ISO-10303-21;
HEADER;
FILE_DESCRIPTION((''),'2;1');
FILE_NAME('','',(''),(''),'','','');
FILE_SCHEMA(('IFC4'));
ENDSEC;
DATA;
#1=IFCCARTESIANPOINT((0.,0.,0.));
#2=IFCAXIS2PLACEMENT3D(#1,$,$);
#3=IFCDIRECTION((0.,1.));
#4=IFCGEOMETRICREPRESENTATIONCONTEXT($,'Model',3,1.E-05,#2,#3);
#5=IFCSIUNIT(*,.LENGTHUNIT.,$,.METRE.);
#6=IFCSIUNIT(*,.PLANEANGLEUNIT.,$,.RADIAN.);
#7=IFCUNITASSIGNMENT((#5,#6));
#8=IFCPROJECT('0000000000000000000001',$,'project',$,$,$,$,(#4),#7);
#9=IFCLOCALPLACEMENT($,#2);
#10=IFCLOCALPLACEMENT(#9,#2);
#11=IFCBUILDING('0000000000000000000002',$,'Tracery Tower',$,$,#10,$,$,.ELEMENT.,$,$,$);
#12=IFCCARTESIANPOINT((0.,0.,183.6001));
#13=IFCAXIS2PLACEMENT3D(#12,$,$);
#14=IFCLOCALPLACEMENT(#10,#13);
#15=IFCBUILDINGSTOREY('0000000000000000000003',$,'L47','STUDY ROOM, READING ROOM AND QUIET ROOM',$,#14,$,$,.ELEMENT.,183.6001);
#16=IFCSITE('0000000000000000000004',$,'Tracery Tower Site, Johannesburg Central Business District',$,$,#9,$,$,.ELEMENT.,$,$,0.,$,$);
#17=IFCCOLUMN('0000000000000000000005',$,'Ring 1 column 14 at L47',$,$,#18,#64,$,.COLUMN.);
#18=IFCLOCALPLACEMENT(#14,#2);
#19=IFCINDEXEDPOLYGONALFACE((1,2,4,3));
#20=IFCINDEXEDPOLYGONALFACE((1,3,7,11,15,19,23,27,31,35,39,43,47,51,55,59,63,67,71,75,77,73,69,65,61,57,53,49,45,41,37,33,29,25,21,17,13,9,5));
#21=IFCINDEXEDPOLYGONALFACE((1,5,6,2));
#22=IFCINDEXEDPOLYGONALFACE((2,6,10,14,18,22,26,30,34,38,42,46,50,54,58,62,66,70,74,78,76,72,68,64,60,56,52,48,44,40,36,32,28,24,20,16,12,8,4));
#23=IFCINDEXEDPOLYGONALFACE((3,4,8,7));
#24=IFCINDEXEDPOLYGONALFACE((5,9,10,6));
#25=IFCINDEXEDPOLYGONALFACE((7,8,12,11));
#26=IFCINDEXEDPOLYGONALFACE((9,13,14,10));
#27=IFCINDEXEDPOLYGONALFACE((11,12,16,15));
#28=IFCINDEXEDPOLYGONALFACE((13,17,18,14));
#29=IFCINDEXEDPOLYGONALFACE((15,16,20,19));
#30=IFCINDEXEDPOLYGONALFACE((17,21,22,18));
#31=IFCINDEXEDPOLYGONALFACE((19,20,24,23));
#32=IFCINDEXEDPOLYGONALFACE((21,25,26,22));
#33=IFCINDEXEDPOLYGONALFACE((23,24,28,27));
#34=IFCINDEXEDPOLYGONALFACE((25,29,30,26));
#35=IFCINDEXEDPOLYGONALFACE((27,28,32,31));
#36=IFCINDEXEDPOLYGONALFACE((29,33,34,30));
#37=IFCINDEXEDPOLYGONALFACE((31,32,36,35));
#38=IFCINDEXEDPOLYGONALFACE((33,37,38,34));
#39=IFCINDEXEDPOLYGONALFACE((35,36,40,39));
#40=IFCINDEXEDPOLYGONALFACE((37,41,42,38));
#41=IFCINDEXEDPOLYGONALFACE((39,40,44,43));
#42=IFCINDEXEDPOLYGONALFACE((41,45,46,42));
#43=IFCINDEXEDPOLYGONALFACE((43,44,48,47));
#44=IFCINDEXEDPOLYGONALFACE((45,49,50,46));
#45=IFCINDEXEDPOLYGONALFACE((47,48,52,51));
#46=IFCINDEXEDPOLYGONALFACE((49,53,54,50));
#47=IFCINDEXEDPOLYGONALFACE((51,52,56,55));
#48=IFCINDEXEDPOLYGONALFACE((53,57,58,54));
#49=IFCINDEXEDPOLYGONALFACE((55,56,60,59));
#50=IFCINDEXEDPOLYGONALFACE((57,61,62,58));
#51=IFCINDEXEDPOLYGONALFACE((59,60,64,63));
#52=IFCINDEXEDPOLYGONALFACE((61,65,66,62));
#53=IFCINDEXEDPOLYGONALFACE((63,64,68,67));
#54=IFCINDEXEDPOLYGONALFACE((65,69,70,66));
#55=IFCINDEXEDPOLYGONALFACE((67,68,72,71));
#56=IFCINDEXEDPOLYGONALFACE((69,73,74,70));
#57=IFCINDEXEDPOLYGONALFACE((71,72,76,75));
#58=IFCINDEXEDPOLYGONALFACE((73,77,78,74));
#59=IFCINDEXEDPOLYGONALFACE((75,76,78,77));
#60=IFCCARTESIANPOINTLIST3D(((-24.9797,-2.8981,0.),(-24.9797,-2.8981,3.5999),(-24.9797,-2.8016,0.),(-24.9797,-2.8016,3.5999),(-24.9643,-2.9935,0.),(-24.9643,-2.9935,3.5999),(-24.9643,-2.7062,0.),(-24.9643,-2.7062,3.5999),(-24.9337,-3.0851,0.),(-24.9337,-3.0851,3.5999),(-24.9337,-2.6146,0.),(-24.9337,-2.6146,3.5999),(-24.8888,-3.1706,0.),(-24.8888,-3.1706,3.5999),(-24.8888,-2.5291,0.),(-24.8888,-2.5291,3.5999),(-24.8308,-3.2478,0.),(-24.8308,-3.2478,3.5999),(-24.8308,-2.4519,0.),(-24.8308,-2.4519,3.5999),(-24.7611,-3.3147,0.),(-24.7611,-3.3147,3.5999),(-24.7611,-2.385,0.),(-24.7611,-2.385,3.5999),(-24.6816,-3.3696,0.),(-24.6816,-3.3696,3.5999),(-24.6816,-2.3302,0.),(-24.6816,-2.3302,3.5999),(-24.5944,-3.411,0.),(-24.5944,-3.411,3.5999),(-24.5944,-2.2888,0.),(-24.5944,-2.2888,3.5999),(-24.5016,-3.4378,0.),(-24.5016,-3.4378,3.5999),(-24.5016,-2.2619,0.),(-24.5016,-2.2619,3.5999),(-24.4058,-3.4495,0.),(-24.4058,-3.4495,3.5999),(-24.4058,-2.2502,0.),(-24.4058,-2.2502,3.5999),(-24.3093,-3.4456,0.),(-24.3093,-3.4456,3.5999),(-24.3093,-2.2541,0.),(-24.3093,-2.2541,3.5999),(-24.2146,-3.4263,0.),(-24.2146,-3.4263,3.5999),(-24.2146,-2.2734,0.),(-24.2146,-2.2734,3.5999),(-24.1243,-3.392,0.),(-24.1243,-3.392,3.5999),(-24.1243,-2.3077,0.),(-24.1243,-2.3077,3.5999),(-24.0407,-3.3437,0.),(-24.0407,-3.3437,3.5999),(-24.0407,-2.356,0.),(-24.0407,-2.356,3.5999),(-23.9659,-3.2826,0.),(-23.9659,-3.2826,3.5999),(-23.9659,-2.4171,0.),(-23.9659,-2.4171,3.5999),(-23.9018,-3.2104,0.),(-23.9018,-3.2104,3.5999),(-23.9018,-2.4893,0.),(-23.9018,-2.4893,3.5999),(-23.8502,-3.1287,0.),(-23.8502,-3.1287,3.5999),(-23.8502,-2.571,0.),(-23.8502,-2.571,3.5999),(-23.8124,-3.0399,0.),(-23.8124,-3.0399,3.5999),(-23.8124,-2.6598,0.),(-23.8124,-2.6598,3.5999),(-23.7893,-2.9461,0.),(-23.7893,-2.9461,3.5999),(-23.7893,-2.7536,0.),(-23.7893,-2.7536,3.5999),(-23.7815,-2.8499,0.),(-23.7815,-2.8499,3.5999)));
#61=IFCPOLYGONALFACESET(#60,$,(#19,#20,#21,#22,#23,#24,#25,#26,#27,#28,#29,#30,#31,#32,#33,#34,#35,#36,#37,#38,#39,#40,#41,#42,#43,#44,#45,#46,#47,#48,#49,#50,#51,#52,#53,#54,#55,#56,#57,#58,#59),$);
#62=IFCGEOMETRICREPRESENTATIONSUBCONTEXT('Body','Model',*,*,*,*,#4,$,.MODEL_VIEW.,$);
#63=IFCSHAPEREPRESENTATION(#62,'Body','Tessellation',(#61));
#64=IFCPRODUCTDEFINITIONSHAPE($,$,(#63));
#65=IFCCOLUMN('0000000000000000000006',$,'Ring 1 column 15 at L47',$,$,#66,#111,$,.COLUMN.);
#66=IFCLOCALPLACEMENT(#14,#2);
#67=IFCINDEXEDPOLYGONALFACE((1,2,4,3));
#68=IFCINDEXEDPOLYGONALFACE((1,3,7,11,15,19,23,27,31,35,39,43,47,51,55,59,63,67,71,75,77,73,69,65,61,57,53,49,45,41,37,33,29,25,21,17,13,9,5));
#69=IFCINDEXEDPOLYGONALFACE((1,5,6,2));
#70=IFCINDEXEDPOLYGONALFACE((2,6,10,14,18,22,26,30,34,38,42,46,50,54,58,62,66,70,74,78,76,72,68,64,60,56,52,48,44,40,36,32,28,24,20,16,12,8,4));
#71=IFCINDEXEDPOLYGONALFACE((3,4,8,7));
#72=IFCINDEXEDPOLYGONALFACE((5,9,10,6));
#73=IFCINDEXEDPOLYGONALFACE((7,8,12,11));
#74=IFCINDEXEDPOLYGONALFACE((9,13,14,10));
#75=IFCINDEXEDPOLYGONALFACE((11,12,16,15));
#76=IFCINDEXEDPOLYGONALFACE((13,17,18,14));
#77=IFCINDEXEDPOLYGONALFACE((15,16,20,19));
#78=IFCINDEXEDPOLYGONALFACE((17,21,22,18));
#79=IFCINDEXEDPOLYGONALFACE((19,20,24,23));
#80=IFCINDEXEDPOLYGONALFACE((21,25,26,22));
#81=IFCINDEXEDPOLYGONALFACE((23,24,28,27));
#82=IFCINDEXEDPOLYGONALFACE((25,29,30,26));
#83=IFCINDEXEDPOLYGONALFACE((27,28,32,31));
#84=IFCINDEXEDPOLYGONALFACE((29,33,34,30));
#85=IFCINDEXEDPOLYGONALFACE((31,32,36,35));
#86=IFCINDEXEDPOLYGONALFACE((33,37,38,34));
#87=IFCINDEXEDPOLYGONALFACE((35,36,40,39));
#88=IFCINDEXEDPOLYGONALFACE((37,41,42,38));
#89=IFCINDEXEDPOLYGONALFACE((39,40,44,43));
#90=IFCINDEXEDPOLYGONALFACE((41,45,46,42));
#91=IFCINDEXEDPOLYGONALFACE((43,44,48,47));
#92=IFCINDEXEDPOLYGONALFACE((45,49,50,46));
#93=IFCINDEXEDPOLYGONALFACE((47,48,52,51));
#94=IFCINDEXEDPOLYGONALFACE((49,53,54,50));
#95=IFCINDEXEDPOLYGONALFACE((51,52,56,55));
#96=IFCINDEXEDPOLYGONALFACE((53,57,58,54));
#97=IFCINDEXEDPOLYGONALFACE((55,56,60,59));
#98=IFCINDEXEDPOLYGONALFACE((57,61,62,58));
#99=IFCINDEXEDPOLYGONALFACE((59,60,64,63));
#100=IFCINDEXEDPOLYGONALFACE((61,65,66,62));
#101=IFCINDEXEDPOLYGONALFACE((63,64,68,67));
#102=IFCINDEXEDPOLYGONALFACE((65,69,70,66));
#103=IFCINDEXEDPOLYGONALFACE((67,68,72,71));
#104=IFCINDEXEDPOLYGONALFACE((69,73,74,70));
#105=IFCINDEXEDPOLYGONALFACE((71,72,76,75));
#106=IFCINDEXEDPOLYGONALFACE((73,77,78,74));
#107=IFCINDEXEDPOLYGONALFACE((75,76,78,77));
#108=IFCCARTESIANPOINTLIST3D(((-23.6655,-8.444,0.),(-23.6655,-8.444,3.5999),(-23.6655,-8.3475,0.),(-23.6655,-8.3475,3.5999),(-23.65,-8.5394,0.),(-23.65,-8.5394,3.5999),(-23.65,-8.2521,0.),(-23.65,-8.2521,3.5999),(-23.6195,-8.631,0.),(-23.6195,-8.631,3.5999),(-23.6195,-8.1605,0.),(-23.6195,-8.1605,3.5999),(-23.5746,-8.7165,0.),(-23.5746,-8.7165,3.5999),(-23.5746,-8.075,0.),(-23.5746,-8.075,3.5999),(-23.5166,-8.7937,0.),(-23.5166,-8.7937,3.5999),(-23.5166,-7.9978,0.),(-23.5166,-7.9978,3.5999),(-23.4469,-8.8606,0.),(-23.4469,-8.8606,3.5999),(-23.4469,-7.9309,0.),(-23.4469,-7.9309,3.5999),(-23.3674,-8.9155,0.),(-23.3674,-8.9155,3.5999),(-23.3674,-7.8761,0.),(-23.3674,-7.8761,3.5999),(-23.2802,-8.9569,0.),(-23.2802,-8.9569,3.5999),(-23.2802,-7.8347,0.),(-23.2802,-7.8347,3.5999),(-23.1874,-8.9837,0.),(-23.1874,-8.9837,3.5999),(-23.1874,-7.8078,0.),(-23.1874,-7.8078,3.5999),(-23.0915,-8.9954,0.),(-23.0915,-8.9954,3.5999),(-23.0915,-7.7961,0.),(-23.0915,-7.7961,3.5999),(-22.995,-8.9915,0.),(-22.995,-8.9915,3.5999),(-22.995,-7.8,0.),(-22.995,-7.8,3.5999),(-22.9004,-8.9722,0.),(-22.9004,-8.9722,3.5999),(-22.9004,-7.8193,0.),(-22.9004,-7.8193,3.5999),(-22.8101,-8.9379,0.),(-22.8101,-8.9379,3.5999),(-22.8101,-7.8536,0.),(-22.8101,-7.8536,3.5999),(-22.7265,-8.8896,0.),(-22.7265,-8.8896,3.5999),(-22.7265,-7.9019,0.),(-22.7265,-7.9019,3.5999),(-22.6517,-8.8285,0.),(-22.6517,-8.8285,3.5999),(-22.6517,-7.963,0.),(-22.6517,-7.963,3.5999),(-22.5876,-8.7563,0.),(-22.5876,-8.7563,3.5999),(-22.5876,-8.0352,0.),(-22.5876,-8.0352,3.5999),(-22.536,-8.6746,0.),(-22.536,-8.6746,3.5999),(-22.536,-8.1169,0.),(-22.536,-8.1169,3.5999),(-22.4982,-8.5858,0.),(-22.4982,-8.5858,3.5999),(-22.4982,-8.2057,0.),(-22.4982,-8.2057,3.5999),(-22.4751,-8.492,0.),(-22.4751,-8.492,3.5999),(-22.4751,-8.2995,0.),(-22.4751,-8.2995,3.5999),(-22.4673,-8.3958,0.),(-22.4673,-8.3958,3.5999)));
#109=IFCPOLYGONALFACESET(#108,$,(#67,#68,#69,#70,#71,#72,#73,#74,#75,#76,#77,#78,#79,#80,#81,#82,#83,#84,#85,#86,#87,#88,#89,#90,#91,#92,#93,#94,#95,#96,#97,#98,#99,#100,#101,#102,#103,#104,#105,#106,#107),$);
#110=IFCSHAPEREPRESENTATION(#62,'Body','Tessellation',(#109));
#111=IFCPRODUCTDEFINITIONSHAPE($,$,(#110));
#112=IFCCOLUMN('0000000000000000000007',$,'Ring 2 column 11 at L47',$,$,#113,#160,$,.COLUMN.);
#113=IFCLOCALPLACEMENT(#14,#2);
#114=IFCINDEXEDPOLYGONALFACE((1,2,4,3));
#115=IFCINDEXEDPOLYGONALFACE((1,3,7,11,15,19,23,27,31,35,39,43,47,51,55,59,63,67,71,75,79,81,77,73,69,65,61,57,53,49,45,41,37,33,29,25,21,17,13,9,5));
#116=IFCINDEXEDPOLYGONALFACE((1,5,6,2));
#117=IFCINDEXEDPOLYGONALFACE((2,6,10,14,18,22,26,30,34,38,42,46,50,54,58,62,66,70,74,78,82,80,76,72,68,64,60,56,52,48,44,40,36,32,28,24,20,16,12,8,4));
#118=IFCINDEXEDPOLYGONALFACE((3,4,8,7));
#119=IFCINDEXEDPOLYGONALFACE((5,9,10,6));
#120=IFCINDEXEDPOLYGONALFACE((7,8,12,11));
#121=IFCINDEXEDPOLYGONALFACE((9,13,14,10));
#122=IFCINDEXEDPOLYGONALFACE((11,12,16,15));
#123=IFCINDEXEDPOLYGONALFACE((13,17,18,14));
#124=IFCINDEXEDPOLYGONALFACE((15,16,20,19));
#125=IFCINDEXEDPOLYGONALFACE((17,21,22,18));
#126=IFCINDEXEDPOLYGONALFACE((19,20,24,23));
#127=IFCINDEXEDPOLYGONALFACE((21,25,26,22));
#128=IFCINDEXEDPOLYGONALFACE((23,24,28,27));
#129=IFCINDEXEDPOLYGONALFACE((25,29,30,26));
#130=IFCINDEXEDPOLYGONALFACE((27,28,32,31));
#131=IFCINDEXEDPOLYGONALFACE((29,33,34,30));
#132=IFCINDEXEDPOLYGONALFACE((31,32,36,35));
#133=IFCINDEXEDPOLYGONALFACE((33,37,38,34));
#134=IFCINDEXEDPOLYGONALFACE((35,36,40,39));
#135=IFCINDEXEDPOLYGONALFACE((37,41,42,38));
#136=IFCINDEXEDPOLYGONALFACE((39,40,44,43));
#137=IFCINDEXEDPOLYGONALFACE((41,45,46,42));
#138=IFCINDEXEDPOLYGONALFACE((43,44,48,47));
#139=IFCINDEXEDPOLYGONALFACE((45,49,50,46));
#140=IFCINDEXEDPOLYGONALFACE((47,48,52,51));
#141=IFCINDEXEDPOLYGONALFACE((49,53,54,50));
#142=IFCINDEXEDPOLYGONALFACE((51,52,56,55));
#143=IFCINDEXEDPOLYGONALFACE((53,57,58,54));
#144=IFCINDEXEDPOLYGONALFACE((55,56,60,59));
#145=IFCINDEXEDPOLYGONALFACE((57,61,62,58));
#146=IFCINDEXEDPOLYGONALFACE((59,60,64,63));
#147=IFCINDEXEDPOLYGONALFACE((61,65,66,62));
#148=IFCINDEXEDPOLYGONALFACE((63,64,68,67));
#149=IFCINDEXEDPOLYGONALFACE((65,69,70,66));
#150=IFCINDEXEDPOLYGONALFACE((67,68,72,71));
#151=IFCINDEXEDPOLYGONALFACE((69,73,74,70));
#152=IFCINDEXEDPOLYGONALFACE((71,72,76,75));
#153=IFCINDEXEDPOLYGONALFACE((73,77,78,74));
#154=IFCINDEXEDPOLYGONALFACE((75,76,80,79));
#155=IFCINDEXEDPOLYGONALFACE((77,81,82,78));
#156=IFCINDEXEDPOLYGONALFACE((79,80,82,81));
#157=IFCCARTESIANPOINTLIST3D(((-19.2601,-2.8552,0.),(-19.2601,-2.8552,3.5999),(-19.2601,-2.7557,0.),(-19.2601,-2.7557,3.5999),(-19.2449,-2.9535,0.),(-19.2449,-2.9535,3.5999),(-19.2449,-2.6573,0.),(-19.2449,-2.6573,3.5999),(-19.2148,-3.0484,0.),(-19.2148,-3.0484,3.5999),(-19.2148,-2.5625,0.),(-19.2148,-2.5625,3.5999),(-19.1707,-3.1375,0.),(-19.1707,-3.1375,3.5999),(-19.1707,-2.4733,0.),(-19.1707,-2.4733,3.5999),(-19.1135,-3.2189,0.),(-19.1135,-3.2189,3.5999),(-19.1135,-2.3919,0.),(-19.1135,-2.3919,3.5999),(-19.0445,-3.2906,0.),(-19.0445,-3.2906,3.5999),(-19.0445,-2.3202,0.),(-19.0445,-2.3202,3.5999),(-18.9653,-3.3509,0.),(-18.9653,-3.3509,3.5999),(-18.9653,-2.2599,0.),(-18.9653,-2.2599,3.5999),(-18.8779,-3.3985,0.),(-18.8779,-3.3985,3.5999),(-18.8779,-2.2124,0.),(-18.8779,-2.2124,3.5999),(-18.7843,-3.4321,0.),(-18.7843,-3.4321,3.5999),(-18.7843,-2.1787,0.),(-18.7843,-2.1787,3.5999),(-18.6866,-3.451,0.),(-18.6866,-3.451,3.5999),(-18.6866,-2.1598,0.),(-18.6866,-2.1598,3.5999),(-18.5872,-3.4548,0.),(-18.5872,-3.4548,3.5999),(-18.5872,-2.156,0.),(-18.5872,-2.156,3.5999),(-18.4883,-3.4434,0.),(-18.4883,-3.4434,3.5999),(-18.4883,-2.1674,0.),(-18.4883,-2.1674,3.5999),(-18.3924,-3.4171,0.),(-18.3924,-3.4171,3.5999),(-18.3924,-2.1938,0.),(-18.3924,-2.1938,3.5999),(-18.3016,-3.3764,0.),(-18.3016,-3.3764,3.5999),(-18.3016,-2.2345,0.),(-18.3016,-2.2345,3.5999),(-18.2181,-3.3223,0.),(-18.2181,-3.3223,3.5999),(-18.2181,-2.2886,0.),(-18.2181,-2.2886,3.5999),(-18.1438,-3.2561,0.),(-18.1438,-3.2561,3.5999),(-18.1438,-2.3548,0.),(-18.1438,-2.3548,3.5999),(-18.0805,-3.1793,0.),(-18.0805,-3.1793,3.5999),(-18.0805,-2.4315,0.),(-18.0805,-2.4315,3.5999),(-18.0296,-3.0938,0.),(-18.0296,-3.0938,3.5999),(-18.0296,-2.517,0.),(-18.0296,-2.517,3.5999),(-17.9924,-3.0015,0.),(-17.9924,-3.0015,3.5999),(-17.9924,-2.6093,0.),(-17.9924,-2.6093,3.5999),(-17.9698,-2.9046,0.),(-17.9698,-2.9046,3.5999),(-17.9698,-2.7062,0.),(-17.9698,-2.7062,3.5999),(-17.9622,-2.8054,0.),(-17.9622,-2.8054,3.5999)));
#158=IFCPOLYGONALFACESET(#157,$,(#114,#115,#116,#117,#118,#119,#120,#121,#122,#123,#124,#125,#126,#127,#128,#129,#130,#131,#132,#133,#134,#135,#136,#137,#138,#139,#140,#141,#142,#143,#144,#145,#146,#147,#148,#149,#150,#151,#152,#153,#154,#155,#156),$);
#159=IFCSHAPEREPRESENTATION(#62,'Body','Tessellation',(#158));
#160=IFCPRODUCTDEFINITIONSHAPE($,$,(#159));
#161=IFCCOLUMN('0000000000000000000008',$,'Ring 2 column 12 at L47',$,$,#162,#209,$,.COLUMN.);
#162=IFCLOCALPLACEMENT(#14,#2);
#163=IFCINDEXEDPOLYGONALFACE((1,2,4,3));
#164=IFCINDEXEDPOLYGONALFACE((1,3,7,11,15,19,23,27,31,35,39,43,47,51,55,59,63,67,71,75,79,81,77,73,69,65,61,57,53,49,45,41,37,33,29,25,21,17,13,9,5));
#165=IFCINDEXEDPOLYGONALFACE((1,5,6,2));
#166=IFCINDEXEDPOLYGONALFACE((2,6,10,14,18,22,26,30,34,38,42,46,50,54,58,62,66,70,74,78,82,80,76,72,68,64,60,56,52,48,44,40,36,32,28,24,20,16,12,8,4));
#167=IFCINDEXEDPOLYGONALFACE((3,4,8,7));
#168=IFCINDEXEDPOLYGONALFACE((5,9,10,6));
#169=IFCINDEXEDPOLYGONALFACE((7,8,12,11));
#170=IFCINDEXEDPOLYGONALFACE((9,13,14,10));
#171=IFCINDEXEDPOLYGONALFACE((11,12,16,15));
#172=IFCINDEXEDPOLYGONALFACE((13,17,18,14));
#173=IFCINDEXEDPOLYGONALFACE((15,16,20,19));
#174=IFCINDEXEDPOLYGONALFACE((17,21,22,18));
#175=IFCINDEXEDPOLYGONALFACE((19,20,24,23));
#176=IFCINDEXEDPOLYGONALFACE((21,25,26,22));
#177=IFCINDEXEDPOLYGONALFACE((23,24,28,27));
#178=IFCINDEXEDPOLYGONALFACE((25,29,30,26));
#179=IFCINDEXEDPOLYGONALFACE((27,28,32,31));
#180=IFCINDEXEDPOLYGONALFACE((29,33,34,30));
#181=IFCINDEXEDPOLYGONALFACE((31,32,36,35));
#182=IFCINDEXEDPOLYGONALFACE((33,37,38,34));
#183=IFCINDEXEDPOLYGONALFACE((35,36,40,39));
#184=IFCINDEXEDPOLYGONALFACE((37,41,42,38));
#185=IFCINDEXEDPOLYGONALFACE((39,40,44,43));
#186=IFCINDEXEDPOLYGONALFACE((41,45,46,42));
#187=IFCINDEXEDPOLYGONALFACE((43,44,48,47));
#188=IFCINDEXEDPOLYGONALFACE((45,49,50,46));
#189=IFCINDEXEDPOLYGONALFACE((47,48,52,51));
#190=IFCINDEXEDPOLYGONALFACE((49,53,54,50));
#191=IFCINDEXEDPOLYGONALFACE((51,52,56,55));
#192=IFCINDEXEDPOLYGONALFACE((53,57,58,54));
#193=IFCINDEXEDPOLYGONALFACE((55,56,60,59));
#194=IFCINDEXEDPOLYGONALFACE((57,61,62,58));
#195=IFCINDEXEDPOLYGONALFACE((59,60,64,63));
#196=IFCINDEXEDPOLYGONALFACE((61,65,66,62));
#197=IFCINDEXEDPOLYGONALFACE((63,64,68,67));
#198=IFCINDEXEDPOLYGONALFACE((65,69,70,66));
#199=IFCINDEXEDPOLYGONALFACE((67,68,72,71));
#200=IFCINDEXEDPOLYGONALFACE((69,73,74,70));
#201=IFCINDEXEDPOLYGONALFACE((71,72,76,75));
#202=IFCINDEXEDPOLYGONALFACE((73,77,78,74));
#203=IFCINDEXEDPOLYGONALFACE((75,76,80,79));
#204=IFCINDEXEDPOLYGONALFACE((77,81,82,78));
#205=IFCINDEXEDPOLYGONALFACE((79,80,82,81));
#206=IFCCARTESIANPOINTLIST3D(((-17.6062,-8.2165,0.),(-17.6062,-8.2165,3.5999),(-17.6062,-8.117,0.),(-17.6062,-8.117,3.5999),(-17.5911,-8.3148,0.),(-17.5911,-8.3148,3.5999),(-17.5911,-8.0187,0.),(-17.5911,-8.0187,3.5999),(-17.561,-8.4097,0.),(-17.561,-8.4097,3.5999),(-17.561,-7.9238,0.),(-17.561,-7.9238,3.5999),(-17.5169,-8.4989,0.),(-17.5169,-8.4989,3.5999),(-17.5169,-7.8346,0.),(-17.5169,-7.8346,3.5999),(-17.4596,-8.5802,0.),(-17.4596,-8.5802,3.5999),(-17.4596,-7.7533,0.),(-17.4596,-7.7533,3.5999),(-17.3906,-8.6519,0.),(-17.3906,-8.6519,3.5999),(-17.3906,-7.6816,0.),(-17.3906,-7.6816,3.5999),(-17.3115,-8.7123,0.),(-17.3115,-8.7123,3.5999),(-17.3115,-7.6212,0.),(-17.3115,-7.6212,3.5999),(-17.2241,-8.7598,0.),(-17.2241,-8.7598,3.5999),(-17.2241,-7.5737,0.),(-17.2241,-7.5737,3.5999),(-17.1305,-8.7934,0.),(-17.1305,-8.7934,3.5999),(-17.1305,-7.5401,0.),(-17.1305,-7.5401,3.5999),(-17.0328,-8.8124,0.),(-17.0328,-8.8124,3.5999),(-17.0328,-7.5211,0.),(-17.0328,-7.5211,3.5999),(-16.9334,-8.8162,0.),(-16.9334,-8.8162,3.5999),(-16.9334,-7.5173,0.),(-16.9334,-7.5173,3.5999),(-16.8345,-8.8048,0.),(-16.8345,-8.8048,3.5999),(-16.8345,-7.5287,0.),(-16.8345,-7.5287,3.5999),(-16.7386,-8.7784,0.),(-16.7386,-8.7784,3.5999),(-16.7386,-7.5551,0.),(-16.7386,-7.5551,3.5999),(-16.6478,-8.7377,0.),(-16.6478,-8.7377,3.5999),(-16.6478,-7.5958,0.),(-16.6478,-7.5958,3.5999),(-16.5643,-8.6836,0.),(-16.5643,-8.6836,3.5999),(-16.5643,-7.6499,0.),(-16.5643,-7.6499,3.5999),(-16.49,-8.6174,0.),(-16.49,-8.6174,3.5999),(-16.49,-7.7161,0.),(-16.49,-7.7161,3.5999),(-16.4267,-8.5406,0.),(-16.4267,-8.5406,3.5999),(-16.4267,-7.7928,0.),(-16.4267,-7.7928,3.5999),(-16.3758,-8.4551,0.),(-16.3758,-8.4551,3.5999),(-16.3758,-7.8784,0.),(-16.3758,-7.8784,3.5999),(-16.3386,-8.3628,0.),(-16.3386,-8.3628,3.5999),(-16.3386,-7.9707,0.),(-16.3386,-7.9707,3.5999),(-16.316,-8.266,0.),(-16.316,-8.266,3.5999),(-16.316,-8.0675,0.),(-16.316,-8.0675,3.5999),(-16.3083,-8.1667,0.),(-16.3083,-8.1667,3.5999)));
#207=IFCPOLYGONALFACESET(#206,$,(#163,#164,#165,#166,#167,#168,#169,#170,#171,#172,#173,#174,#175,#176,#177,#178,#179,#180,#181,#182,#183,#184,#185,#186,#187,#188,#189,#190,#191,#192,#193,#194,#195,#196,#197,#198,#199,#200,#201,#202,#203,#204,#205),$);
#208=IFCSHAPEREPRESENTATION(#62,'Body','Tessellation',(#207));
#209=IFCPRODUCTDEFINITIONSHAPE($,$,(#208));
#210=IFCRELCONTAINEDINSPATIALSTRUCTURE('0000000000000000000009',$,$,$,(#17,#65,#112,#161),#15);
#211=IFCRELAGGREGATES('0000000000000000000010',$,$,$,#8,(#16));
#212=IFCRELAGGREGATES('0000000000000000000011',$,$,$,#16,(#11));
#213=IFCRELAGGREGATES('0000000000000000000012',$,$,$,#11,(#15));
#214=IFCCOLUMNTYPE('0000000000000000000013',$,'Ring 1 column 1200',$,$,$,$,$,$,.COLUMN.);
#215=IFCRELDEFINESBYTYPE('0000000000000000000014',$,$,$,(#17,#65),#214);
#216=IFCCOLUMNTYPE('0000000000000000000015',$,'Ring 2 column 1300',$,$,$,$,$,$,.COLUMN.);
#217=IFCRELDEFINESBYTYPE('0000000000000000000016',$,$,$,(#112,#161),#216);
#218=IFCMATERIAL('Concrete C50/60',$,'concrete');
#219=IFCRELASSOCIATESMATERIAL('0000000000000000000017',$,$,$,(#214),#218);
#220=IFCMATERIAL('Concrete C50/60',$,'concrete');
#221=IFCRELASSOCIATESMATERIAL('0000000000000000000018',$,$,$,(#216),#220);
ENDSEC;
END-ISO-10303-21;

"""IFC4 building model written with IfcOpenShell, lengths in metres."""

from ifc_helpers import new_model, si_unit, direction, frame, origin, origin_2d, place, context, subcontext, project, spatial, circle, extrude, material, material_profile, profile_set, type_object, element, save


model = new_model("IFC4")

# Units and contexts
model_context = context("Model", 3, precision=1e-05, world=origin(), true_north=direction((0.0, 1.0)))
body_context = subcontext(model_context, "Body", "Model", "MODEL_VIEW")
ifc_project = project(units=[si_unit("LENGTHUNIT", "METRE"), si_unit("PLANEANGLEUNIT", "RADIAN")], contexts=[model_context])

# Site, building, storey
site_placement = place(None, origin())
site = spatial("IfcSite", under=ifc_project, at=site_placement, Name="Tracery Tower Site, Johannesburg Central Business District", CompositionType="ELEMENT", RefElevation=0.0)
building_placement = place(site_placement, origin())
building = spatial("IfcBuilding", under=site, at=building_placement, Name="Tracery Tower", CompositionType="ELEMENT")
storey_placement = place(building_placement, frame((0.0, 0.0, 183.6001)))
storey = spatial("IfcBuildingStorey", under=building, at=storey_placement, Name="L47", Description="STUDY ROOM, READING ROOM AND QUIET ROOM", CompositionType="ELEMENT", Elevation=183.6001)

# Columns
ifc_material_1 = material(Name="Concrete C50/60", Category="concrete")
ifc_material_profile_1 = material_profile(ifc_material_1, circle(Radius=0.6001, at=origin_2d()), Name="RC D1200")
ifc_profile_set_1 = profile_set([ifc_material_profile_1], Name="Concrete C50/60")
column_type_1 = type_object("IfcColumnType", Name="Ring 1 column 1200", PredefinedType="COLUMN", material=ifc_profile_set_1)
for number, where, z_axis, x_axis, name in (
    (1, (-24.3816, -2.8499, 0.0), (0.0, 0.0, 1.0), (1.0, 0.0, 0.0), "Ring 1 column 14 at L47"),
    (2, (-23.0674, -8.3958, 0.0), (0.0, 0.0, 1.0), (1.0, 0.0, 0.0), "Ring 1 column 15 at L47"),
):
    element("IfcColumn", number, at=place(storey_placement, frame(where, z_axis=z_axis, x_axis=x_axis)), inside=storey, type_object=column_type_1, Name=name, PredefinedType="COLUMN", context=body_context, shape_type="SweptSolid", body=[
        extrude(circle(Radius=0.6001, at=origin_2d()), origin(), (0.0, 0.0, 1.0), 3.5999),
    ])
ifc_material_2 = material(Name="Concrete C50/60", Category="concrete")
ifc_material_profile_2 = material_profile(ifc_material_2, circle(Radius=0.6499, at=origin_2d()), Name="RC D1300")
ifc_profile_set_2 = profile_set([ifc_material_profile_2], Name="Concrete C50/60")
column_type_2 = type_object("IfcColumnType", Name="Ring 2 column 1300", PredefinedType="COLUMN", material=ifc_profile_set_2)
for number, where, z_axis, x_axis, name in (
    (3, (-18.6121, -2.8054, 0.0), (0.0, 0.0, 1.0), (1.0, 0.0, 0.0), "Ring 2 column 11 at L47"),
    (4, (-16.9583, -8.1667, 0.0), (0.0, 0.0, 1.0), (1.0, 0.0, 0.0), "Ring 2 column 12 at L47"),
):
    element("IfcColumn", number, at=place(storey_placement, frame(where, z_axis=z_axis, x_axis=x_axis)), inside=storey, type_object=column_type_2, Name=name, PredefinedType="COLUMN", context=body_context, shape_type="SweptSolid", body=[
        extrude(circle(Radius=0.6499, at=origin_2d()), origin(), (0.0, 0.0, 1.0), 3.5999),
    ])

save(model, "model.ifc")
